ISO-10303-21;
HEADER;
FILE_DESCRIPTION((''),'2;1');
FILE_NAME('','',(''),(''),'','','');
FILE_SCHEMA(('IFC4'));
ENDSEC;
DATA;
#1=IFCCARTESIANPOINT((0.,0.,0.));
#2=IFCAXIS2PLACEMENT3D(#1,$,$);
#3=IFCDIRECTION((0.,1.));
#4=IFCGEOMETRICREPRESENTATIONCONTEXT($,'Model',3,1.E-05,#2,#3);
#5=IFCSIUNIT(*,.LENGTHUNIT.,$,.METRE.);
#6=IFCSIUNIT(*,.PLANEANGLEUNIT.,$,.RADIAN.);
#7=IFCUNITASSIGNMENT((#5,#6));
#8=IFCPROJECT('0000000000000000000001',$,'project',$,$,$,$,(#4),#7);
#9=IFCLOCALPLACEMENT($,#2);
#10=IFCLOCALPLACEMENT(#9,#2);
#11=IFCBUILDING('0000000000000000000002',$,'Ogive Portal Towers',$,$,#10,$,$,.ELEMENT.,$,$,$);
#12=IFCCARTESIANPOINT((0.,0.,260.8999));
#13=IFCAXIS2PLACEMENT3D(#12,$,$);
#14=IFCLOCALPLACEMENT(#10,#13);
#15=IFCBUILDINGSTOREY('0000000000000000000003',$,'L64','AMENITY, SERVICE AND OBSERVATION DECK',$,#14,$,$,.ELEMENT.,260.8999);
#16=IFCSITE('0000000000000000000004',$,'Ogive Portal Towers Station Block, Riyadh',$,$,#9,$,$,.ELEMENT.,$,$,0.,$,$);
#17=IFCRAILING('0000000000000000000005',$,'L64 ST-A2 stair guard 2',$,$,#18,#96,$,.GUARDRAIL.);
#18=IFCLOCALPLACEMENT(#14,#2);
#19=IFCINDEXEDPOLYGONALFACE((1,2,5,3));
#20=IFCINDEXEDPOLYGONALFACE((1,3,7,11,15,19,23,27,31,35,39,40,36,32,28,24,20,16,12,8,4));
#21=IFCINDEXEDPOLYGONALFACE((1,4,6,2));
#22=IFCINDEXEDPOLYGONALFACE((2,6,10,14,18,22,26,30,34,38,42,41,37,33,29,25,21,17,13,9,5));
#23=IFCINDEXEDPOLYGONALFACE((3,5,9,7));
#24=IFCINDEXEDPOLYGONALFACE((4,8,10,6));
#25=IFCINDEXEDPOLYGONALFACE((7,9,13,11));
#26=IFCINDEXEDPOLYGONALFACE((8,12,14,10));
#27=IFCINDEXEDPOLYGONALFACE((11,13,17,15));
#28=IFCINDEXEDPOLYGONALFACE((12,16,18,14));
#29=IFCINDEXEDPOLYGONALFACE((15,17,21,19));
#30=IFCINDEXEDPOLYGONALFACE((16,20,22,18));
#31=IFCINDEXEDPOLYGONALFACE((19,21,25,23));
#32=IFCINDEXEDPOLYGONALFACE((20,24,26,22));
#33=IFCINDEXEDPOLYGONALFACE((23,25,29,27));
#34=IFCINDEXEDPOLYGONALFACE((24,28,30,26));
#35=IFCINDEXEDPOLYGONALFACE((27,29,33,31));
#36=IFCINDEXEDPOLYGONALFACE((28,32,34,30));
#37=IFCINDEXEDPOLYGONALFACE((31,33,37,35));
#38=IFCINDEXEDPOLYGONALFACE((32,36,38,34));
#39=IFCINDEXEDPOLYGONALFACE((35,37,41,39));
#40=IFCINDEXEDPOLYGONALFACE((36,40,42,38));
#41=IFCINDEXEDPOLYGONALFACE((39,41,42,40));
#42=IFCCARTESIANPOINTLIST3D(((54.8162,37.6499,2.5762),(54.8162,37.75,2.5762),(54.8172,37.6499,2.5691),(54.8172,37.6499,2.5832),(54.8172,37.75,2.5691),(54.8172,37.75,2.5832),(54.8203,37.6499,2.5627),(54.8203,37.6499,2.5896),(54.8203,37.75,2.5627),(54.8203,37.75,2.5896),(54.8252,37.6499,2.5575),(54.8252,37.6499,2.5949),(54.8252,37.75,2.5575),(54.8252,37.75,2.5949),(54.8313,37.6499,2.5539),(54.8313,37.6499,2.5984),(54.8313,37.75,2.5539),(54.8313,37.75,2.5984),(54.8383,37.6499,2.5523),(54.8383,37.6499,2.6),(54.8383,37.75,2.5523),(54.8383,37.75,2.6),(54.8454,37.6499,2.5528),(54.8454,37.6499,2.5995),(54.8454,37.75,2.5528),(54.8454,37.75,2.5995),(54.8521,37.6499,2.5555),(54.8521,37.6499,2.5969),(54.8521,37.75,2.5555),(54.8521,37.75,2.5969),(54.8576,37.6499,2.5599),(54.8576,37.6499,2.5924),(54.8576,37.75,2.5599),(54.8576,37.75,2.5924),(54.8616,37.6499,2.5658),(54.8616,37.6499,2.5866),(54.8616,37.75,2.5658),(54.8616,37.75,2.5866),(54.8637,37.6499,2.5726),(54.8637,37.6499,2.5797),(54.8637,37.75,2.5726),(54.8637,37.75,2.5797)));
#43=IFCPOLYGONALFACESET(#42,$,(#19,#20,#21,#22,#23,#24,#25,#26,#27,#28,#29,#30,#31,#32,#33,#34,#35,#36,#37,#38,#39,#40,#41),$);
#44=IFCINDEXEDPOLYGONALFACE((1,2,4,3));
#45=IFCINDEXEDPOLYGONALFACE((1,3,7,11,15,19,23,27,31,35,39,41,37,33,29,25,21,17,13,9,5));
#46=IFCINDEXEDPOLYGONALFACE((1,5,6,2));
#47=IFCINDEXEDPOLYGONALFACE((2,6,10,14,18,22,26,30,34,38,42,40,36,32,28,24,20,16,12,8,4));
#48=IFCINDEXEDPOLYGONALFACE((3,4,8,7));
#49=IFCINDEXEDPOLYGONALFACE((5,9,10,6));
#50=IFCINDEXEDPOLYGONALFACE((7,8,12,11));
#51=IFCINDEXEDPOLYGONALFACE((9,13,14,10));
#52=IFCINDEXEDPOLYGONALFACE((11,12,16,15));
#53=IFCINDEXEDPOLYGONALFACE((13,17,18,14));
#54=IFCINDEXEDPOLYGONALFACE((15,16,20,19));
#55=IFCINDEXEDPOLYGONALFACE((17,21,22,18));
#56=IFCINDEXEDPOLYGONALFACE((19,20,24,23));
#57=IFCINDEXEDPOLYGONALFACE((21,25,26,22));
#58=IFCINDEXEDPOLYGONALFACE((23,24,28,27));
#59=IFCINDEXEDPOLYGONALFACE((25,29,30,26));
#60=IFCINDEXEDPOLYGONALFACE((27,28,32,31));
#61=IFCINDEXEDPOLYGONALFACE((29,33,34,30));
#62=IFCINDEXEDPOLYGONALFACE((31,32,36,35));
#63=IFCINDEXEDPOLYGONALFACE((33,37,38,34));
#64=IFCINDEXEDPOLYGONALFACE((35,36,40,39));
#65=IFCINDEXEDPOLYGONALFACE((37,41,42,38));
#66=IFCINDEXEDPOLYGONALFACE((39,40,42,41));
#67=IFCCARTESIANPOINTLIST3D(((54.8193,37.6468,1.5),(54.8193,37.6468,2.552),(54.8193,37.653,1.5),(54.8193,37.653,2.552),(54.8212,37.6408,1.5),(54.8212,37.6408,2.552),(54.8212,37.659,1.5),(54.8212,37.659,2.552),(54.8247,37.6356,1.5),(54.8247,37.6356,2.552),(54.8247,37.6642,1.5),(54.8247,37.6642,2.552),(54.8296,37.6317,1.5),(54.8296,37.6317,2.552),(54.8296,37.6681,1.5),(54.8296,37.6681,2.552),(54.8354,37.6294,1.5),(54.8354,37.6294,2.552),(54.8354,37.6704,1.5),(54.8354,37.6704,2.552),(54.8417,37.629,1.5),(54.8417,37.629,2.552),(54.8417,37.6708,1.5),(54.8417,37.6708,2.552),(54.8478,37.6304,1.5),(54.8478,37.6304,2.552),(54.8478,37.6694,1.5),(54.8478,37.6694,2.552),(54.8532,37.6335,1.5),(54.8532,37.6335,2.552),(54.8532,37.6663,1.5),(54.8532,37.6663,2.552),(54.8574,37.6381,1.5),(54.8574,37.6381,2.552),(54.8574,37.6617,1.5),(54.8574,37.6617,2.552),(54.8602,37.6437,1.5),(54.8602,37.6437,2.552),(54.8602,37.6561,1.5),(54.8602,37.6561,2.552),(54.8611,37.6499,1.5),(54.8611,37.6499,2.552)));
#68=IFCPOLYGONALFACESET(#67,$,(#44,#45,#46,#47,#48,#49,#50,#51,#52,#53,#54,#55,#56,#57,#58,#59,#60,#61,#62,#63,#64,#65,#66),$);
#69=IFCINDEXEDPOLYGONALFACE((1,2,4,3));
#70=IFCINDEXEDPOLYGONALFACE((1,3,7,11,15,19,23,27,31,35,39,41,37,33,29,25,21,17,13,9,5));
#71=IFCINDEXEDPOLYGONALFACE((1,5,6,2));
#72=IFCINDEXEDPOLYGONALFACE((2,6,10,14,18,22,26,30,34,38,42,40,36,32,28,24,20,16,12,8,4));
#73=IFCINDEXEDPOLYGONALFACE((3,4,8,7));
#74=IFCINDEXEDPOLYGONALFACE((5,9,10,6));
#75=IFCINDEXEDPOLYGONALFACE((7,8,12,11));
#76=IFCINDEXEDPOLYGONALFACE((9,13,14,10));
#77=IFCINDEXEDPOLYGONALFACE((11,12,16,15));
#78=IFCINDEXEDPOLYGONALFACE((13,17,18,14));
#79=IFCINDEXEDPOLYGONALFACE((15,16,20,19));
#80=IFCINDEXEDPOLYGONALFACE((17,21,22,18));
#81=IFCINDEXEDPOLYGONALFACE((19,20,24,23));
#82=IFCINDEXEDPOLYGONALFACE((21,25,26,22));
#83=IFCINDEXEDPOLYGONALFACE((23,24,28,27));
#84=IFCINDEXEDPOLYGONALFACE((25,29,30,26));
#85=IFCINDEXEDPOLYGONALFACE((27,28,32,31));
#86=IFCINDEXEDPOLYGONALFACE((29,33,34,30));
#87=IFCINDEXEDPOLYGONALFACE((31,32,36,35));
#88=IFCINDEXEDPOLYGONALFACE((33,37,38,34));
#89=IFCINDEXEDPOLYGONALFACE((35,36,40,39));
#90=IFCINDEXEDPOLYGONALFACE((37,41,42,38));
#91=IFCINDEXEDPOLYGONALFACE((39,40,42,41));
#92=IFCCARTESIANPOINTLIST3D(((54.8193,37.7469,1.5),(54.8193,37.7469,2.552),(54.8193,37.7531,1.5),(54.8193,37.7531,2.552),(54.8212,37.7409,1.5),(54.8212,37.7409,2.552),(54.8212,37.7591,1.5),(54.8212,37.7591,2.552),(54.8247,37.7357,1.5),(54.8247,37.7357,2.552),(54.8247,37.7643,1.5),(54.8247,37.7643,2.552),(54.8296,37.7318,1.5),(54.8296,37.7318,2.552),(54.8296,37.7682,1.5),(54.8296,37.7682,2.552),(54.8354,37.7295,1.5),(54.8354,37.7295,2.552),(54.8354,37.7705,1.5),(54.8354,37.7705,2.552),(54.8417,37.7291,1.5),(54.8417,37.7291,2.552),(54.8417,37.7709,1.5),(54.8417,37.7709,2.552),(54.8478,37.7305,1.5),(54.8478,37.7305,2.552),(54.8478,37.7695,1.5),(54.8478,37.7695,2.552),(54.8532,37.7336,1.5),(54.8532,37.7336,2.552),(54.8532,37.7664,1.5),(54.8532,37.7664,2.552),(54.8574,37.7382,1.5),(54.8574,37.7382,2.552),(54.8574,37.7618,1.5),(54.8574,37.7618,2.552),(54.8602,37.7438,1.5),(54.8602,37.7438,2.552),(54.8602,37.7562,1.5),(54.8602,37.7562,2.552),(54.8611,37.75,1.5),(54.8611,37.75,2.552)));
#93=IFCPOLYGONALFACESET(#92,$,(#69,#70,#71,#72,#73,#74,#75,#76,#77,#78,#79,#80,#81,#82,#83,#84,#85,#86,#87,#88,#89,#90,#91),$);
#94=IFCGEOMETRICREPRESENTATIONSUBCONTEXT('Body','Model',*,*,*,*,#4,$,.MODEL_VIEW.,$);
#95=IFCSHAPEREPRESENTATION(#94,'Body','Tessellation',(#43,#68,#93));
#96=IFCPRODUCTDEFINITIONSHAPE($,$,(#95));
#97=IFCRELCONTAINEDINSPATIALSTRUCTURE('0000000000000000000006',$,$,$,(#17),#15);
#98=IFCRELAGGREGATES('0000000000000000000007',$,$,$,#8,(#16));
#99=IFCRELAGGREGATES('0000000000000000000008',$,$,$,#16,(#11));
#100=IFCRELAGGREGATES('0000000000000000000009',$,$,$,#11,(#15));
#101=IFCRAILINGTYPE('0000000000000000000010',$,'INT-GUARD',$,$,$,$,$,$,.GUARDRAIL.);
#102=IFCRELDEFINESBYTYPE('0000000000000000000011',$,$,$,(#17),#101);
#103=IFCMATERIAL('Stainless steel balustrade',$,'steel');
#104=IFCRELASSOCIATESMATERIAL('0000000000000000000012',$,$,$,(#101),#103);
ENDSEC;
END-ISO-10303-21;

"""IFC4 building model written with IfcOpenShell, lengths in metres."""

from ifc_helpers import new_model, si_unit, direction, frame, origin, origin_2d, place, context, subcontext, project, spatial, circle, extrude, material, type_object, element, save


model = new_model("IFC4")

# Units and contexts
model_context = context("Model", 3, precision=1e-05, world=origin(), true_north=direction((0.0, 1.0)))
body_context = subcontext(model_context, "Body", "Model", "MODEL_VIEW")
ifc_project = project(units=[si_unit("LENGTHUNIT", "METRE"), si_unit("PLANEANGLEUNIT", "RADIAN")], contexts=[model_context])

# Site, building, storey
site_placement = place(None, origin())
site = spatial("IfcSite", under=ifc_project, at=site_placement, Name="Ogive Portal Towers Station Block, Riyadh", CompositionType="ELEMENT", RefElevation=0.0)
building_placement = place(site_placement, origin())
building = spatial("IfcBuilding", under=site, at=building_placement, Name="Ogive Portal Towers", CompositionType="ELEMENT")
storey_placement = place(building_placement, frame((0.0, 0.0, 260.8999)))
storey = spatial("IfcBuildingStorey", under=building, at=storey_placement, Name="L64", Description="AMENITY, SERVICE AND OBSERVATION DECK", CompositionType="ELEMENT", Elevation=260.8999)

# Railing
ifc_material_1 = material(Name="Stainless steel balustrade", Category="steel")
railing_type_1 = type_object("IfcRailingType", Name="INT-GUARD", PredefinedType="GUARDRAIL", material=ifc_material_1)
railing_1_placement = place(storey_placement, frame((54.8401, 37.6499, 1.5)))
element("IfcRailing", 1, at=railing_1_placement, inside=storey, type_object=railing_type_1, Name="L64 ST-A2 stair guard 2", PredefinedType="GUARDRAIL", context=body_context, shape_type="SweptSolid", body=[
    extrude(circle(Radius=0.0239, at=origin_2d()), frame((0.0, 0.0, 1.0762), z_axis=(0.0, 1.0, 0.0), x_axis=(-1.0, 0.0, 0.0)), (0.0, 0.0, 1.0), 0.1001),
    extrude(circle(Radius=0.021, at=origin_2d()), origin(), (0.0, 0.0, 1.0), 1.052),
    extrude(circle(Radius=0.021, at=origin_2d()), frame((0.0, 0.1001, 0.0)), (0.0, 0.0, 1.0), 1.052),
])

save(model, "model.ifc")
